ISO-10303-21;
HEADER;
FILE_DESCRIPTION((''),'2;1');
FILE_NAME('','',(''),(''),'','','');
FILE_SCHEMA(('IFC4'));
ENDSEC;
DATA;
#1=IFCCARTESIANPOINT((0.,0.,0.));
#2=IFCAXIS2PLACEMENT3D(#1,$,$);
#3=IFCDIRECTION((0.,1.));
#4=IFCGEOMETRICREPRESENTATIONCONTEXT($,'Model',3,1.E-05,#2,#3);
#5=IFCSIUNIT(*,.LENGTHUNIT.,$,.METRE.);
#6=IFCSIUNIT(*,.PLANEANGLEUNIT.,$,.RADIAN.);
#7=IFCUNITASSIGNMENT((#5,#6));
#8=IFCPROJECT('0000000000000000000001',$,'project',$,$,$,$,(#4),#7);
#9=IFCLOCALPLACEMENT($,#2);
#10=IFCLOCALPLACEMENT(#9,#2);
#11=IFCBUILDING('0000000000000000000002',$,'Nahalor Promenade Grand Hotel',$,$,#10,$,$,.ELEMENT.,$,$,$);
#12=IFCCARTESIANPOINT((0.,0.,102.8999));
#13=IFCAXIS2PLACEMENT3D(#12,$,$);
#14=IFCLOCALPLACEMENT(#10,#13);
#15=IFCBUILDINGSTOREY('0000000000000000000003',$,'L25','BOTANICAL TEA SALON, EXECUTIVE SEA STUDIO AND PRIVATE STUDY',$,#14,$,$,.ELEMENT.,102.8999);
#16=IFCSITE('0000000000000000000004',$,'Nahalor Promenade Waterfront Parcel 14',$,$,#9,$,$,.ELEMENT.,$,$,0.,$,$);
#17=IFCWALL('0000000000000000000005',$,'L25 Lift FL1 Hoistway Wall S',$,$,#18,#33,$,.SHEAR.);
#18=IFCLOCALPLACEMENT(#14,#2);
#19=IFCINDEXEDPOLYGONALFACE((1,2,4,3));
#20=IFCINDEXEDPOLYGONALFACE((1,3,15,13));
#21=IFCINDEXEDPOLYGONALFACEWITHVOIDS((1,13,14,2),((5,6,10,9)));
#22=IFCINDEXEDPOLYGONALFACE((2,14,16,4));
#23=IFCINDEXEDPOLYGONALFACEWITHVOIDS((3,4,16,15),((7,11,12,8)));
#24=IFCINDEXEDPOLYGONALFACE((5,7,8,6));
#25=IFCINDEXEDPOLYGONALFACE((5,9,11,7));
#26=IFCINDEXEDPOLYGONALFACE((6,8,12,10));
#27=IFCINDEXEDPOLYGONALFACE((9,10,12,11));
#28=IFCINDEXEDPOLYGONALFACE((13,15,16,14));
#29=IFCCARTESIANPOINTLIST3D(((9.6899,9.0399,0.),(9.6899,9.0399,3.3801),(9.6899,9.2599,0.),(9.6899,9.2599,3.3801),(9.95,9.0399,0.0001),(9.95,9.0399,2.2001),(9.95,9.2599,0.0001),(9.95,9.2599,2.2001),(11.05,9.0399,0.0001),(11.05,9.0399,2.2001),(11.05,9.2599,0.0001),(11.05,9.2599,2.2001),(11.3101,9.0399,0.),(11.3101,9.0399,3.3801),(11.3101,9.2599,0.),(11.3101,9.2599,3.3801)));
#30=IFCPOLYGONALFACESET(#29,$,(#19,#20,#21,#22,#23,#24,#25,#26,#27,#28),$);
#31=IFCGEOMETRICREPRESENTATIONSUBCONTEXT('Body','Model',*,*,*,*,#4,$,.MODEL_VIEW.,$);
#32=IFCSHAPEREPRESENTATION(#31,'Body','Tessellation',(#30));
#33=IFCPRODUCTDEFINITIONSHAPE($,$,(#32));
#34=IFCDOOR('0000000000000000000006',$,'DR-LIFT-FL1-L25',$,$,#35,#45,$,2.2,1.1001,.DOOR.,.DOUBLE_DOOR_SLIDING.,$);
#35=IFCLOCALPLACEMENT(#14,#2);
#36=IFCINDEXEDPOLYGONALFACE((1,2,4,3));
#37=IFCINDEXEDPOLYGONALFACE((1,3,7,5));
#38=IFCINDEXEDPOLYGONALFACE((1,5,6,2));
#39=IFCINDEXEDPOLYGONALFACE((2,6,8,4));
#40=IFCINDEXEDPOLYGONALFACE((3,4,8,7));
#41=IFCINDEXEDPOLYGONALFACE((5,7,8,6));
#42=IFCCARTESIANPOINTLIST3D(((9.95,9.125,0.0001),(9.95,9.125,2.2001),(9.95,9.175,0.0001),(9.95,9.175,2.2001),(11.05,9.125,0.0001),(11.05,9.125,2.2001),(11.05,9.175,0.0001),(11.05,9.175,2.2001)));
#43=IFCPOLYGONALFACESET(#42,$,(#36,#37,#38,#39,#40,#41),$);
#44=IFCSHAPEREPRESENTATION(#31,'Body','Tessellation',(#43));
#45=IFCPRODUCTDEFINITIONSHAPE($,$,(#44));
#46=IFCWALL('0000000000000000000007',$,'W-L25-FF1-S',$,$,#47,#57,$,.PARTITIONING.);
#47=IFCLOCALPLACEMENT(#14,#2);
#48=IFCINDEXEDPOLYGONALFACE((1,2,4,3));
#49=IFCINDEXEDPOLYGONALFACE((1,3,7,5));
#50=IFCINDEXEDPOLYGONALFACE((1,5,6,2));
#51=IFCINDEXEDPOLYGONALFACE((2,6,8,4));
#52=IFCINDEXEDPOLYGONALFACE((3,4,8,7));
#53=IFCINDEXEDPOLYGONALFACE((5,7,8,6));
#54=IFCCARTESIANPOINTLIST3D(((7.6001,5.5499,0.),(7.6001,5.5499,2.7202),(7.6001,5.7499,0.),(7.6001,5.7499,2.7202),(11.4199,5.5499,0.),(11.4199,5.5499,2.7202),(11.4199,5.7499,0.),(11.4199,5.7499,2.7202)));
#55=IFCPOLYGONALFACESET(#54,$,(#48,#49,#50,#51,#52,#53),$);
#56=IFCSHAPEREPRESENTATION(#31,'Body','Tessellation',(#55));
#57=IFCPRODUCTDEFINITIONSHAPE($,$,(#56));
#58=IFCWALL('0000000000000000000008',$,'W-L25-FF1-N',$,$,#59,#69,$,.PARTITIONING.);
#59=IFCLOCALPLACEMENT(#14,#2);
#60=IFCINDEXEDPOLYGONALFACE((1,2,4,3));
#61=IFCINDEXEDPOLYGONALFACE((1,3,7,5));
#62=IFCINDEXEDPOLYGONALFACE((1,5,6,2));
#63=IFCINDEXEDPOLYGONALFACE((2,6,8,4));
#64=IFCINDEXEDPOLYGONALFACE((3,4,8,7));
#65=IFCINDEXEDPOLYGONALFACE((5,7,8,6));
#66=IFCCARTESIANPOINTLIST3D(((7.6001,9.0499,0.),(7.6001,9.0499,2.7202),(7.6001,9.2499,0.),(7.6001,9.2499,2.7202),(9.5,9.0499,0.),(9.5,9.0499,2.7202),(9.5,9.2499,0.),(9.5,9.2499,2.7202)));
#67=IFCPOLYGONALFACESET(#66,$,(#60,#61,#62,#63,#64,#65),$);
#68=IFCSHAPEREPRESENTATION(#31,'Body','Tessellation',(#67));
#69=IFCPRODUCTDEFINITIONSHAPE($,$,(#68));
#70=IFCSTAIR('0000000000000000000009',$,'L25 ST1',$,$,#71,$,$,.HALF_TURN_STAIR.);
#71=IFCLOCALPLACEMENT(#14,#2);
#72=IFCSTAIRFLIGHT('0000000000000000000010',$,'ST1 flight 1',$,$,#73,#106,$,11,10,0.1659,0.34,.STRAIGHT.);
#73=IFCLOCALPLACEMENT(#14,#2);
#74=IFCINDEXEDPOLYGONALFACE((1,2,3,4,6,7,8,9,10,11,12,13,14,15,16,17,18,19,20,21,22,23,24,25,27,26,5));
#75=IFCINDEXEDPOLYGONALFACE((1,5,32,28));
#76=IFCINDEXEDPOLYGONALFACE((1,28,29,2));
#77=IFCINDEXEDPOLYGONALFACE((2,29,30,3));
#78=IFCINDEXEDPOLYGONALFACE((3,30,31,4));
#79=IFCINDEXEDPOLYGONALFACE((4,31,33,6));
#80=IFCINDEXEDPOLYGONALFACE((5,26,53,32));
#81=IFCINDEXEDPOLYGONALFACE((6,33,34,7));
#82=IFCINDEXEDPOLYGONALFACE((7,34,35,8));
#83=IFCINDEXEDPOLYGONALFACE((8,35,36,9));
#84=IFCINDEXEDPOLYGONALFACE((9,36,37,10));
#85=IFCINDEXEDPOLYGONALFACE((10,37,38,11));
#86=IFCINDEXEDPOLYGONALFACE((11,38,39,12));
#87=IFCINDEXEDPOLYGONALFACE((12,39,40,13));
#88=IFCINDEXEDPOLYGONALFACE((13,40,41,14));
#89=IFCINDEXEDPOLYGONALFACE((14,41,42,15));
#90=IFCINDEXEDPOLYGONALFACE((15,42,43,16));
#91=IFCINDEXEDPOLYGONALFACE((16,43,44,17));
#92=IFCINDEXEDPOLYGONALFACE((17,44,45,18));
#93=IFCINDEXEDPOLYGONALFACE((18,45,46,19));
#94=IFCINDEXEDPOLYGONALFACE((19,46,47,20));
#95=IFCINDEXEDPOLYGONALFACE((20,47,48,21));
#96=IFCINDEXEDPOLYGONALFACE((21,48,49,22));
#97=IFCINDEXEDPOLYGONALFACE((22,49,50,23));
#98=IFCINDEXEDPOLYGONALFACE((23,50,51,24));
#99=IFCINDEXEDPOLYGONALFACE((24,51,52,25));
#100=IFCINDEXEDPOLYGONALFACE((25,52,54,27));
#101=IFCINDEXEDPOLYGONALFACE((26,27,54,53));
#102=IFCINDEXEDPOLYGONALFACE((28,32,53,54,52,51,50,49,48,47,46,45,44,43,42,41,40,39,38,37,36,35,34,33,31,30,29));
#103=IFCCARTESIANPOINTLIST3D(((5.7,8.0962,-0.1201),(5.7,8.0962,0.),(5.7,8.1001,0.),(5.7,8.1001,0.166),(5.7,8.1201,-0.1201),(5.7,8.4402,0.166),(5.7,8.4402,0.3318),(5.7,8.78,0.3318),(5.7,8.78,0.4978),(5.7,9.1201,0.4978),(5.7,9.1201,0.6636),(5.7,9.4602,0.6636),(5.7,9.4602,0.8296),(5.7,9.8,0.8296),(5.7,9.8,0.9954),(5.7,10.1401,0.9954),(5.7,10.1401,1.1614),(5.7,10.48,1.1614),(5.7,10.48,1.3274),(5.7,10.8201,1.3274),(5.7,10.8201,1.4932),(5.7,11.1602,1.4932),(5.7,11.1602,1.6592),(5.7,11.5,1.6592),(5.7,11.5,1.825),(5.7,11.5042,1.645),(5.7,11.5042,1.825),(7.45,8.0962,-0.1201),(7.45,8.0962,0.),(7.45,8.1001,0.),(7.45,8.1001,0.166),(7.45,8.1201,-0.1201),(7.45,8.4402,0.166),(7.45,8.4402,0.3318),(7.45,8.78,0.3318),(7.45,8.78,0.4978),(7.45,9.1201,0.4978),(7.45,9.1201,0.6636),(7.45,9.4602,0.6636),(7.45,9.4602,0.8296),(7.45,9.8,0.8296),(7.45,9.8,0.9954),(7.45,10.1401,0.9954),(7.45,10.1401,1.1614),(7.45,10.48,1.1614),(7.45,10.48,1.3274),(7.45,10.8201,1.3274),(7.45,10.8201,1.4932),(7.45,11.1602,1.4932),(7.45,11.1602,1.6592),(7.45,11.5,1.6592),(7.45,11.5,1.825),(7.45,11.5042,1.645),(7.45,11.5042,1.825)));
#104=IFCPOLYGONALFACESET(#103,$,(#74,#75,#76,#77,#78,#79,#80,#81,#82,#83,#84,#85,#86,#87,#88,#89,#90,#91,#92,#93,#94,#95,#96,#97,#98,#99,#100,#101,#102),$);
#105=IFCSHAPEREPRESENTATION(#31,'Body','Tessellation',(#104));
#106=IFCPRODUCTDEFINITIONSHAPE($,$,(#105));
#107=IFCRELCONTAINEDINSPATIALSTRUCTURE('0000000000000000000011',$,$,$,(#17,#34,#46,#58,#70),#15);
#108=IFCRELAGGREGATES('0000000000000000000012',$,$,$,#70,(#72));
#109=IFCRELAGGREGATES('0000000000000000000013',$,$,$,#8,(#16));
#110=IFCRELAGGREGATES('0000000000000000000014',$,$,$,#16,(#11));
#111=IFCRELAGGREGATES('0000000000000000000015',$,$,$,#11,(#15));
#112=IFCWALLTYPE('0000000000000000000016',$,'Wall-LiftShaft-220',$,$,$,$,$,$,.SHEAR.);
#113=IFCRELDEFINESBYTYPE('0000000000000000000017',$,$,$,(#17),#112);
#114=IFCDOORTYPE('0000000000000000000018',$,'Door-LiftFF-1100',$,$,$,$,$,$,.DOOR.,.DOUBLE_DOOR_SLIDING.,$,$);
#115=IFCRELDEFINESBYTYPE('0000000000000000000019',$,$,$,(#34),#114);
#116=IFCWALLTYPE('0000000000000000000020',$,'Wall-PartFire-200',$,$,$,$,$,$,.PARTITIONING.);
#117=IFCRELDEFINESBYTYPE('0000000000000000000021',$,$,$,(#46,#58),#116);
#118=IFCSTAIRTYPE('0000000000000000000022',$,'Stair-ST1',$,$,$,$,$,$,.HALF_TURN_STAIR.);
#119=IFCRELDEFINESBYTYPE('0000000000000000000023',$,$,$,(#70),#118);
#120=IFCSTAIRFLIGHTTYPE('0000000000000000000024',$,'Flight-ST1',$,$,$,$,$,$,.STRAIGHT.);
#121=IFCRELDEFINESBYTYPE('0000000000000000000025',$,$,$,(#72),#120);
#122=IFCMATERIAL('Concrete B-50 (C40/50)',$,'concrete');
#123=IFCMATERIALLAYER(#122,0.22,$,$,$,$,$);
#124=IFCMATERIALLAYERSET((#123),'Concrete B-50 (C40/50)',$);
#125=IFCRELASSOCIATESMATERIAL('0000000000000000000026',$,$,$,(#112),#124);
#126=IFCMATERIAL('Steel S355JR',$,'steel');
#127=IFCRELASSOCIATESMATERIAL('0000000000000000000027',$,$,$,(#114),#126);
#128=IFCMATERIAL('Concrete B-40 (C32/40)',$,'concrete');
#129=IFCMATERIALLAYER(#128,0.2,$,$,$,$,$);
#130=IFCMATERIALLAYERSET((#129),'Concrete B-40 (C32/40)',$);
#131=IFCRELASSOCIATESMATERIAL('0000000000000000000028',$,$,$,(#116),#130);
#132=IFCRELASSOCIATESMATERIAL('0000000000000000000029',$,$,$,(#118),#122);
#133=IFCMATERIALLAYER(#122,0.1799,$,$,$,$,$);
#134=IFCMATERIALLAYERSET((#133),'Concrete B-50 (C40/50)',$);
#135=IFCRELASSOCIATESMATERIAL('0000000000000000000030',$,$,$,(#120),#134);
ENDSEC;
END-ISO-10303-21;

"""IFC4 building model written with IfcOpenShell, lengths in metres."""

from ifc_helpers import new_model, si_unit, direction, frame, frame_2d, origin, place, context, subcontext, project, spatial, polyline, rectangle, outline, extrude, source, transform, mapped, material, layer, layer_set, type_object, element, fill, aggregate, save


model = new_model("IFC4")

# Units and contexts
model_context = context("Model", 3, precision=1e-05, world=origin(), true_north=direction((0.0, 1.0)))
body_context = subcontext(model_context, "Body", "Model", "MODEL_VIEW")
ifc_project = project(units=[si_unit("LENGTHUNIT", "METRE"), si_unit("PLANEANGLEUNIT", "RADIAN")], contexts=[model_context])

# Site, building, storey
site_placement = place(None, origin())
site = spatial("IfcSite", under=ifc_project, at=site_placement, Name="Nahalor Promenade Waterfront Parcel 14", CompositionType="ELEMENT", RefElevation=0.0)
building_placement = place(site_placement, origin())
building = spatial("IfcBuilding", under=site, at=building_placement, Name="Nahalor Promenade Grand Hotel", CompositionType="ELEMENT")
storey_placement = place(building_placement, frame((0.0, 0.0, 102.8999)))
storey = spatial("IfcBuildingStorey", under=building, at=storey_placement, Name="L25", Description="BOTANICAL TEA SALON, EXECUTIVE SEA STUDIO AND PRIVATE STUDY", CompositionType="ELEMENT", Elevation=102.8999)

# Shared definitions
ifc_material_1 = material(Name="Steel S355JR", Category="steel")

# Shared definitions
ifc_material_2 = material(Name="Concrete B-50 (C40/50)", Category="concrete")

# Shared definitions
ifc_layer_1 = layer(ifc_material_2, 0.22)
ifc_layer_set_1 = layer_set([ifc_layer_1], Name="Concrete B-50 (C40/50)")
wall_type_1 = type_object("IfcWallType", Name="Wall-LiftShaft-220", PredefinedType="SHEAR", material=ifc_layer_set_1)

# Wall, opening, door
shared_shape_1 = source(origin(), body_context, "Body", "SweptSolid", [
    extrude(rectangle(XDim=1.6201, YDim=0.22, at=frame_2d((0.8101, 0.0))), origin(), (0.0, 0.0, 1.0), 3.3801),
])
wall_1_placement = place(storey_placement, frame((9.6899, 9.1499, 0.0), z_axis=(0.0, 0.0, 1.0), x_axis=(1.0, 0.0, 0.0)))
wall_1 = element("IfcWall", 1, at=wall_1_placement, inside=storey, type_object=wall_type_1, Name="L25 Lift FL1 Hoistway Wall S", PredefinedType="SHEAR", context=body_context, shape_type="MappedRepresentation", body=[
    mapped(shared_shape_1, transform((0.0, 0.0, 0.0), scale=1.0)),
])
opening_1_placement = place(wall_1_placement, frame((0.26, 0.0, 0.0)))
opening_1 = element("IfcOpeningElement", 2, at=opening_1_placement, cuts=wall_1, PredefinedType="OPENING", context=body_context, shape_type="SweptSolid", body=[
    extrude(rectangle(XDim=1.1001, YDim=2.2, at=frame_2d((0.55, 1.1001))), frame((0.0, 0.1199, 0.0), z_axis=(0.0, -1.0, 0.0), x_axis=(1.0, 0.0, 0.0)), (0.0, 0.0, 1.0), 0.24),
])
door_type_1 = type_object("IfcDoorType", Name="Door-LiftFF-1100", OperationType="DOUBLE_DOOR_SLIDING", PredefinedType="DOOR", material=ifc_material_1)
shared_shape_2 = source(origin(), body_context, "Body", "SweptSolid", [
    extrude(rectangle(XDim=1.1001, YDim=2.2, at=frame_2d((0.55, 1.1001))), frame((0.0, 0.0249, 0.0), z_axis=(0.0, -1.0, 0.0), x_axis=(1.0, 0.0, 0.0)), (0.0, 0.0, 1.0), 0.05),
])
door_1_placement = place(opening_1_placement, frame((1.1001, 0.0, 0.0), z_axis=(0.0, 0.0, 1.0), x_axis=(-1.0, 0.0, 0.0)))
door_1 = element("IfcDoor", 3, at=door_1_placement, inside=storey, type_object=door_type_1, Name="DR-LIFT-FL1-L25", OperationType="DOUBLE_DOOR_SLIDING", OverallHeight=2.2, OverallWidth=1.1001, PredefinedType="DOOR", context=body_context, shape_type="MappedRepresentation", body=[
    mapped(shared_shape_2, transform((0.0, 0.0, 0.0), scale=1.0)),
])
fill(opening_1, door_1)

# Walls
ifc_material_3 = material(Name="Concrete B-40 (C32/40)", Category="concrete")
ifc_layer_2 = layer(ifc_material_3, 0.2)
ifc_layer_set_2 = layer_set([ifc_layer_2], Name="Concrete B-40 (C32/40)")
wall_type_2 = type_object("IfcWallType", Name="Wall-PartFire-200", PredefinedType="PARTITIONING", material=ifc_layer_set_2)
shared_shape_3 = source(origin(), body_context, "Body", "SweptSolid", [
    extrude(rectangle(XDim=3.8198, YDim=0.2, at=frame_2d((1.9099, 0.0))), origin(), (0.0, 0.0, 1.0), 2.7202),
])
wall_2_placement = place(storey_placement, frame((7.6001, 5.6499, 0.0), z_axis=(0.0, 0.0, 1.0), x_axis=(1.0, 0.0, 0.0)))
element("IfcWall", 4, at=wall_2_placement, inside=storey, type_object=wall_type_2, Name="W-L25-FF1-S", PredefinedType="PARTITIONING", context=body_context, shape_type="MappedRepresentation", body=[
    mapped(shared_shape_3, transform((0.0, 0.0, 0.0), scale=1.0)),
])
shared_shape_4 = source(origin(), body_context, "Body", "SweptSolid", [
    extrude(rectangle(XDim=1.8999, YDim=0.2, at=frame_2d((0.95, 0.0))), origin(), (0.0, 0.0, 1.0), 2.7202),
])
wall_3_placement = place(storey_placement, frame((7.6001, 9.1499, 0.0), z_axis=(0.0, 0.0, 1.0), x_axis=(1.0, 0.0, 0.0)))
element("IfcWall", 5, at=wall_3_placement, inside=storey, type_object=wall_type_2, Name="W-L25-FF1-N", PredefinedType="PARTITIONING", context=body_context, shape_type="MappedRepresentation", body=[
    mapped(shared_shape_4, transform((0.0, 0.0, 0.0), scale=1.0)),
])

# Stair, stair flight
stair_type = type_object("IfcStairType", Name="Stair-ST1", PredefinedType="HALF_TURN_STAIR", material=ifc_material_2)
stair_placement = place(storey_placement, origin())
stair = element("IfcStair", 6, at=stair_placement, inside=storey, type_object=stair_type, Name="L25 ST1", PredefinedType="HALF_TURN_STAIR")
ifc_layer_3 = layer(ifc_material_2, 0.1799)
ifc_layer_set_3 = layer_set([ifc_layer_3], Name="Concrete B-50 (C40/50)")
stair_flight_type = type_object("IfcStairFlightType", Name="Flight-ST1", PredefinedType="STRAIGHT", material=ifc_layer_set_3)
shared_shape_5 = source(origin(), body_context, "Body", "SweptSolid", [
    extrude(outline(polyline([(-0.0039, -0.1201), (-0.0039, 0.0), (0.0, 0.0), (0.0, 0.166), (0.3401, 0.166), (0.3401, 0.3318), (0.6799, 0.3318), (0.6799, 0.4978), (1.02, 0.4978), (1.02, 0.6636), (1.3601, 0.6636), (1.3601, 0.8296), (1.7, 0.8296), (1.7, 0.9954), (2.04, 0.9954), (2.04, 1.1614), (2.3799, 1.1614), (2.3799, 1.3274), (2.72, 1.3274), (2.72, 1.4932), (3.0601, 1.4932), (3.0601, 1.6592), (3.3999, 1.6592), (3.3999, 1.825), (3.4041, 1.825), (3.4041, 1.645), (0.02, -0.1201), (-0.0039, -0.1201)])), frame((0.0, 0.875, 0.0), z_axis=(0.0, -1.0, 0.0), x_axis=(1.0, 0.0, 0.0)), (0.0, 0.0, 1.0), 1.75),
])
stair_flight_placement = place(storey_placement, frame((6.575, 8.1001, 0.0), z_axis=(0.0, 0.0, 1.0), x_axis=(0.0, 1.0, 0.0)))
stair_flight = element("IfcStairFlight", 7, at=stair_flight_placement, type_object=stair_flight_type, Name="ST1 flight 1", NumberOfRisers=11, NumberOfTreads=10, PredefinedType="STRAIGHT", RiserHeight=0.1659, TreadLength=0.34, context=body_context, shape_type="MappedRepresentation", body=[
    mapped(shared_shape_5, transform((0.0, 0.0, 0.0), scale=1.0)),
])
aggregate(stair, [stair_flight])

save(model, "model.ifc")
